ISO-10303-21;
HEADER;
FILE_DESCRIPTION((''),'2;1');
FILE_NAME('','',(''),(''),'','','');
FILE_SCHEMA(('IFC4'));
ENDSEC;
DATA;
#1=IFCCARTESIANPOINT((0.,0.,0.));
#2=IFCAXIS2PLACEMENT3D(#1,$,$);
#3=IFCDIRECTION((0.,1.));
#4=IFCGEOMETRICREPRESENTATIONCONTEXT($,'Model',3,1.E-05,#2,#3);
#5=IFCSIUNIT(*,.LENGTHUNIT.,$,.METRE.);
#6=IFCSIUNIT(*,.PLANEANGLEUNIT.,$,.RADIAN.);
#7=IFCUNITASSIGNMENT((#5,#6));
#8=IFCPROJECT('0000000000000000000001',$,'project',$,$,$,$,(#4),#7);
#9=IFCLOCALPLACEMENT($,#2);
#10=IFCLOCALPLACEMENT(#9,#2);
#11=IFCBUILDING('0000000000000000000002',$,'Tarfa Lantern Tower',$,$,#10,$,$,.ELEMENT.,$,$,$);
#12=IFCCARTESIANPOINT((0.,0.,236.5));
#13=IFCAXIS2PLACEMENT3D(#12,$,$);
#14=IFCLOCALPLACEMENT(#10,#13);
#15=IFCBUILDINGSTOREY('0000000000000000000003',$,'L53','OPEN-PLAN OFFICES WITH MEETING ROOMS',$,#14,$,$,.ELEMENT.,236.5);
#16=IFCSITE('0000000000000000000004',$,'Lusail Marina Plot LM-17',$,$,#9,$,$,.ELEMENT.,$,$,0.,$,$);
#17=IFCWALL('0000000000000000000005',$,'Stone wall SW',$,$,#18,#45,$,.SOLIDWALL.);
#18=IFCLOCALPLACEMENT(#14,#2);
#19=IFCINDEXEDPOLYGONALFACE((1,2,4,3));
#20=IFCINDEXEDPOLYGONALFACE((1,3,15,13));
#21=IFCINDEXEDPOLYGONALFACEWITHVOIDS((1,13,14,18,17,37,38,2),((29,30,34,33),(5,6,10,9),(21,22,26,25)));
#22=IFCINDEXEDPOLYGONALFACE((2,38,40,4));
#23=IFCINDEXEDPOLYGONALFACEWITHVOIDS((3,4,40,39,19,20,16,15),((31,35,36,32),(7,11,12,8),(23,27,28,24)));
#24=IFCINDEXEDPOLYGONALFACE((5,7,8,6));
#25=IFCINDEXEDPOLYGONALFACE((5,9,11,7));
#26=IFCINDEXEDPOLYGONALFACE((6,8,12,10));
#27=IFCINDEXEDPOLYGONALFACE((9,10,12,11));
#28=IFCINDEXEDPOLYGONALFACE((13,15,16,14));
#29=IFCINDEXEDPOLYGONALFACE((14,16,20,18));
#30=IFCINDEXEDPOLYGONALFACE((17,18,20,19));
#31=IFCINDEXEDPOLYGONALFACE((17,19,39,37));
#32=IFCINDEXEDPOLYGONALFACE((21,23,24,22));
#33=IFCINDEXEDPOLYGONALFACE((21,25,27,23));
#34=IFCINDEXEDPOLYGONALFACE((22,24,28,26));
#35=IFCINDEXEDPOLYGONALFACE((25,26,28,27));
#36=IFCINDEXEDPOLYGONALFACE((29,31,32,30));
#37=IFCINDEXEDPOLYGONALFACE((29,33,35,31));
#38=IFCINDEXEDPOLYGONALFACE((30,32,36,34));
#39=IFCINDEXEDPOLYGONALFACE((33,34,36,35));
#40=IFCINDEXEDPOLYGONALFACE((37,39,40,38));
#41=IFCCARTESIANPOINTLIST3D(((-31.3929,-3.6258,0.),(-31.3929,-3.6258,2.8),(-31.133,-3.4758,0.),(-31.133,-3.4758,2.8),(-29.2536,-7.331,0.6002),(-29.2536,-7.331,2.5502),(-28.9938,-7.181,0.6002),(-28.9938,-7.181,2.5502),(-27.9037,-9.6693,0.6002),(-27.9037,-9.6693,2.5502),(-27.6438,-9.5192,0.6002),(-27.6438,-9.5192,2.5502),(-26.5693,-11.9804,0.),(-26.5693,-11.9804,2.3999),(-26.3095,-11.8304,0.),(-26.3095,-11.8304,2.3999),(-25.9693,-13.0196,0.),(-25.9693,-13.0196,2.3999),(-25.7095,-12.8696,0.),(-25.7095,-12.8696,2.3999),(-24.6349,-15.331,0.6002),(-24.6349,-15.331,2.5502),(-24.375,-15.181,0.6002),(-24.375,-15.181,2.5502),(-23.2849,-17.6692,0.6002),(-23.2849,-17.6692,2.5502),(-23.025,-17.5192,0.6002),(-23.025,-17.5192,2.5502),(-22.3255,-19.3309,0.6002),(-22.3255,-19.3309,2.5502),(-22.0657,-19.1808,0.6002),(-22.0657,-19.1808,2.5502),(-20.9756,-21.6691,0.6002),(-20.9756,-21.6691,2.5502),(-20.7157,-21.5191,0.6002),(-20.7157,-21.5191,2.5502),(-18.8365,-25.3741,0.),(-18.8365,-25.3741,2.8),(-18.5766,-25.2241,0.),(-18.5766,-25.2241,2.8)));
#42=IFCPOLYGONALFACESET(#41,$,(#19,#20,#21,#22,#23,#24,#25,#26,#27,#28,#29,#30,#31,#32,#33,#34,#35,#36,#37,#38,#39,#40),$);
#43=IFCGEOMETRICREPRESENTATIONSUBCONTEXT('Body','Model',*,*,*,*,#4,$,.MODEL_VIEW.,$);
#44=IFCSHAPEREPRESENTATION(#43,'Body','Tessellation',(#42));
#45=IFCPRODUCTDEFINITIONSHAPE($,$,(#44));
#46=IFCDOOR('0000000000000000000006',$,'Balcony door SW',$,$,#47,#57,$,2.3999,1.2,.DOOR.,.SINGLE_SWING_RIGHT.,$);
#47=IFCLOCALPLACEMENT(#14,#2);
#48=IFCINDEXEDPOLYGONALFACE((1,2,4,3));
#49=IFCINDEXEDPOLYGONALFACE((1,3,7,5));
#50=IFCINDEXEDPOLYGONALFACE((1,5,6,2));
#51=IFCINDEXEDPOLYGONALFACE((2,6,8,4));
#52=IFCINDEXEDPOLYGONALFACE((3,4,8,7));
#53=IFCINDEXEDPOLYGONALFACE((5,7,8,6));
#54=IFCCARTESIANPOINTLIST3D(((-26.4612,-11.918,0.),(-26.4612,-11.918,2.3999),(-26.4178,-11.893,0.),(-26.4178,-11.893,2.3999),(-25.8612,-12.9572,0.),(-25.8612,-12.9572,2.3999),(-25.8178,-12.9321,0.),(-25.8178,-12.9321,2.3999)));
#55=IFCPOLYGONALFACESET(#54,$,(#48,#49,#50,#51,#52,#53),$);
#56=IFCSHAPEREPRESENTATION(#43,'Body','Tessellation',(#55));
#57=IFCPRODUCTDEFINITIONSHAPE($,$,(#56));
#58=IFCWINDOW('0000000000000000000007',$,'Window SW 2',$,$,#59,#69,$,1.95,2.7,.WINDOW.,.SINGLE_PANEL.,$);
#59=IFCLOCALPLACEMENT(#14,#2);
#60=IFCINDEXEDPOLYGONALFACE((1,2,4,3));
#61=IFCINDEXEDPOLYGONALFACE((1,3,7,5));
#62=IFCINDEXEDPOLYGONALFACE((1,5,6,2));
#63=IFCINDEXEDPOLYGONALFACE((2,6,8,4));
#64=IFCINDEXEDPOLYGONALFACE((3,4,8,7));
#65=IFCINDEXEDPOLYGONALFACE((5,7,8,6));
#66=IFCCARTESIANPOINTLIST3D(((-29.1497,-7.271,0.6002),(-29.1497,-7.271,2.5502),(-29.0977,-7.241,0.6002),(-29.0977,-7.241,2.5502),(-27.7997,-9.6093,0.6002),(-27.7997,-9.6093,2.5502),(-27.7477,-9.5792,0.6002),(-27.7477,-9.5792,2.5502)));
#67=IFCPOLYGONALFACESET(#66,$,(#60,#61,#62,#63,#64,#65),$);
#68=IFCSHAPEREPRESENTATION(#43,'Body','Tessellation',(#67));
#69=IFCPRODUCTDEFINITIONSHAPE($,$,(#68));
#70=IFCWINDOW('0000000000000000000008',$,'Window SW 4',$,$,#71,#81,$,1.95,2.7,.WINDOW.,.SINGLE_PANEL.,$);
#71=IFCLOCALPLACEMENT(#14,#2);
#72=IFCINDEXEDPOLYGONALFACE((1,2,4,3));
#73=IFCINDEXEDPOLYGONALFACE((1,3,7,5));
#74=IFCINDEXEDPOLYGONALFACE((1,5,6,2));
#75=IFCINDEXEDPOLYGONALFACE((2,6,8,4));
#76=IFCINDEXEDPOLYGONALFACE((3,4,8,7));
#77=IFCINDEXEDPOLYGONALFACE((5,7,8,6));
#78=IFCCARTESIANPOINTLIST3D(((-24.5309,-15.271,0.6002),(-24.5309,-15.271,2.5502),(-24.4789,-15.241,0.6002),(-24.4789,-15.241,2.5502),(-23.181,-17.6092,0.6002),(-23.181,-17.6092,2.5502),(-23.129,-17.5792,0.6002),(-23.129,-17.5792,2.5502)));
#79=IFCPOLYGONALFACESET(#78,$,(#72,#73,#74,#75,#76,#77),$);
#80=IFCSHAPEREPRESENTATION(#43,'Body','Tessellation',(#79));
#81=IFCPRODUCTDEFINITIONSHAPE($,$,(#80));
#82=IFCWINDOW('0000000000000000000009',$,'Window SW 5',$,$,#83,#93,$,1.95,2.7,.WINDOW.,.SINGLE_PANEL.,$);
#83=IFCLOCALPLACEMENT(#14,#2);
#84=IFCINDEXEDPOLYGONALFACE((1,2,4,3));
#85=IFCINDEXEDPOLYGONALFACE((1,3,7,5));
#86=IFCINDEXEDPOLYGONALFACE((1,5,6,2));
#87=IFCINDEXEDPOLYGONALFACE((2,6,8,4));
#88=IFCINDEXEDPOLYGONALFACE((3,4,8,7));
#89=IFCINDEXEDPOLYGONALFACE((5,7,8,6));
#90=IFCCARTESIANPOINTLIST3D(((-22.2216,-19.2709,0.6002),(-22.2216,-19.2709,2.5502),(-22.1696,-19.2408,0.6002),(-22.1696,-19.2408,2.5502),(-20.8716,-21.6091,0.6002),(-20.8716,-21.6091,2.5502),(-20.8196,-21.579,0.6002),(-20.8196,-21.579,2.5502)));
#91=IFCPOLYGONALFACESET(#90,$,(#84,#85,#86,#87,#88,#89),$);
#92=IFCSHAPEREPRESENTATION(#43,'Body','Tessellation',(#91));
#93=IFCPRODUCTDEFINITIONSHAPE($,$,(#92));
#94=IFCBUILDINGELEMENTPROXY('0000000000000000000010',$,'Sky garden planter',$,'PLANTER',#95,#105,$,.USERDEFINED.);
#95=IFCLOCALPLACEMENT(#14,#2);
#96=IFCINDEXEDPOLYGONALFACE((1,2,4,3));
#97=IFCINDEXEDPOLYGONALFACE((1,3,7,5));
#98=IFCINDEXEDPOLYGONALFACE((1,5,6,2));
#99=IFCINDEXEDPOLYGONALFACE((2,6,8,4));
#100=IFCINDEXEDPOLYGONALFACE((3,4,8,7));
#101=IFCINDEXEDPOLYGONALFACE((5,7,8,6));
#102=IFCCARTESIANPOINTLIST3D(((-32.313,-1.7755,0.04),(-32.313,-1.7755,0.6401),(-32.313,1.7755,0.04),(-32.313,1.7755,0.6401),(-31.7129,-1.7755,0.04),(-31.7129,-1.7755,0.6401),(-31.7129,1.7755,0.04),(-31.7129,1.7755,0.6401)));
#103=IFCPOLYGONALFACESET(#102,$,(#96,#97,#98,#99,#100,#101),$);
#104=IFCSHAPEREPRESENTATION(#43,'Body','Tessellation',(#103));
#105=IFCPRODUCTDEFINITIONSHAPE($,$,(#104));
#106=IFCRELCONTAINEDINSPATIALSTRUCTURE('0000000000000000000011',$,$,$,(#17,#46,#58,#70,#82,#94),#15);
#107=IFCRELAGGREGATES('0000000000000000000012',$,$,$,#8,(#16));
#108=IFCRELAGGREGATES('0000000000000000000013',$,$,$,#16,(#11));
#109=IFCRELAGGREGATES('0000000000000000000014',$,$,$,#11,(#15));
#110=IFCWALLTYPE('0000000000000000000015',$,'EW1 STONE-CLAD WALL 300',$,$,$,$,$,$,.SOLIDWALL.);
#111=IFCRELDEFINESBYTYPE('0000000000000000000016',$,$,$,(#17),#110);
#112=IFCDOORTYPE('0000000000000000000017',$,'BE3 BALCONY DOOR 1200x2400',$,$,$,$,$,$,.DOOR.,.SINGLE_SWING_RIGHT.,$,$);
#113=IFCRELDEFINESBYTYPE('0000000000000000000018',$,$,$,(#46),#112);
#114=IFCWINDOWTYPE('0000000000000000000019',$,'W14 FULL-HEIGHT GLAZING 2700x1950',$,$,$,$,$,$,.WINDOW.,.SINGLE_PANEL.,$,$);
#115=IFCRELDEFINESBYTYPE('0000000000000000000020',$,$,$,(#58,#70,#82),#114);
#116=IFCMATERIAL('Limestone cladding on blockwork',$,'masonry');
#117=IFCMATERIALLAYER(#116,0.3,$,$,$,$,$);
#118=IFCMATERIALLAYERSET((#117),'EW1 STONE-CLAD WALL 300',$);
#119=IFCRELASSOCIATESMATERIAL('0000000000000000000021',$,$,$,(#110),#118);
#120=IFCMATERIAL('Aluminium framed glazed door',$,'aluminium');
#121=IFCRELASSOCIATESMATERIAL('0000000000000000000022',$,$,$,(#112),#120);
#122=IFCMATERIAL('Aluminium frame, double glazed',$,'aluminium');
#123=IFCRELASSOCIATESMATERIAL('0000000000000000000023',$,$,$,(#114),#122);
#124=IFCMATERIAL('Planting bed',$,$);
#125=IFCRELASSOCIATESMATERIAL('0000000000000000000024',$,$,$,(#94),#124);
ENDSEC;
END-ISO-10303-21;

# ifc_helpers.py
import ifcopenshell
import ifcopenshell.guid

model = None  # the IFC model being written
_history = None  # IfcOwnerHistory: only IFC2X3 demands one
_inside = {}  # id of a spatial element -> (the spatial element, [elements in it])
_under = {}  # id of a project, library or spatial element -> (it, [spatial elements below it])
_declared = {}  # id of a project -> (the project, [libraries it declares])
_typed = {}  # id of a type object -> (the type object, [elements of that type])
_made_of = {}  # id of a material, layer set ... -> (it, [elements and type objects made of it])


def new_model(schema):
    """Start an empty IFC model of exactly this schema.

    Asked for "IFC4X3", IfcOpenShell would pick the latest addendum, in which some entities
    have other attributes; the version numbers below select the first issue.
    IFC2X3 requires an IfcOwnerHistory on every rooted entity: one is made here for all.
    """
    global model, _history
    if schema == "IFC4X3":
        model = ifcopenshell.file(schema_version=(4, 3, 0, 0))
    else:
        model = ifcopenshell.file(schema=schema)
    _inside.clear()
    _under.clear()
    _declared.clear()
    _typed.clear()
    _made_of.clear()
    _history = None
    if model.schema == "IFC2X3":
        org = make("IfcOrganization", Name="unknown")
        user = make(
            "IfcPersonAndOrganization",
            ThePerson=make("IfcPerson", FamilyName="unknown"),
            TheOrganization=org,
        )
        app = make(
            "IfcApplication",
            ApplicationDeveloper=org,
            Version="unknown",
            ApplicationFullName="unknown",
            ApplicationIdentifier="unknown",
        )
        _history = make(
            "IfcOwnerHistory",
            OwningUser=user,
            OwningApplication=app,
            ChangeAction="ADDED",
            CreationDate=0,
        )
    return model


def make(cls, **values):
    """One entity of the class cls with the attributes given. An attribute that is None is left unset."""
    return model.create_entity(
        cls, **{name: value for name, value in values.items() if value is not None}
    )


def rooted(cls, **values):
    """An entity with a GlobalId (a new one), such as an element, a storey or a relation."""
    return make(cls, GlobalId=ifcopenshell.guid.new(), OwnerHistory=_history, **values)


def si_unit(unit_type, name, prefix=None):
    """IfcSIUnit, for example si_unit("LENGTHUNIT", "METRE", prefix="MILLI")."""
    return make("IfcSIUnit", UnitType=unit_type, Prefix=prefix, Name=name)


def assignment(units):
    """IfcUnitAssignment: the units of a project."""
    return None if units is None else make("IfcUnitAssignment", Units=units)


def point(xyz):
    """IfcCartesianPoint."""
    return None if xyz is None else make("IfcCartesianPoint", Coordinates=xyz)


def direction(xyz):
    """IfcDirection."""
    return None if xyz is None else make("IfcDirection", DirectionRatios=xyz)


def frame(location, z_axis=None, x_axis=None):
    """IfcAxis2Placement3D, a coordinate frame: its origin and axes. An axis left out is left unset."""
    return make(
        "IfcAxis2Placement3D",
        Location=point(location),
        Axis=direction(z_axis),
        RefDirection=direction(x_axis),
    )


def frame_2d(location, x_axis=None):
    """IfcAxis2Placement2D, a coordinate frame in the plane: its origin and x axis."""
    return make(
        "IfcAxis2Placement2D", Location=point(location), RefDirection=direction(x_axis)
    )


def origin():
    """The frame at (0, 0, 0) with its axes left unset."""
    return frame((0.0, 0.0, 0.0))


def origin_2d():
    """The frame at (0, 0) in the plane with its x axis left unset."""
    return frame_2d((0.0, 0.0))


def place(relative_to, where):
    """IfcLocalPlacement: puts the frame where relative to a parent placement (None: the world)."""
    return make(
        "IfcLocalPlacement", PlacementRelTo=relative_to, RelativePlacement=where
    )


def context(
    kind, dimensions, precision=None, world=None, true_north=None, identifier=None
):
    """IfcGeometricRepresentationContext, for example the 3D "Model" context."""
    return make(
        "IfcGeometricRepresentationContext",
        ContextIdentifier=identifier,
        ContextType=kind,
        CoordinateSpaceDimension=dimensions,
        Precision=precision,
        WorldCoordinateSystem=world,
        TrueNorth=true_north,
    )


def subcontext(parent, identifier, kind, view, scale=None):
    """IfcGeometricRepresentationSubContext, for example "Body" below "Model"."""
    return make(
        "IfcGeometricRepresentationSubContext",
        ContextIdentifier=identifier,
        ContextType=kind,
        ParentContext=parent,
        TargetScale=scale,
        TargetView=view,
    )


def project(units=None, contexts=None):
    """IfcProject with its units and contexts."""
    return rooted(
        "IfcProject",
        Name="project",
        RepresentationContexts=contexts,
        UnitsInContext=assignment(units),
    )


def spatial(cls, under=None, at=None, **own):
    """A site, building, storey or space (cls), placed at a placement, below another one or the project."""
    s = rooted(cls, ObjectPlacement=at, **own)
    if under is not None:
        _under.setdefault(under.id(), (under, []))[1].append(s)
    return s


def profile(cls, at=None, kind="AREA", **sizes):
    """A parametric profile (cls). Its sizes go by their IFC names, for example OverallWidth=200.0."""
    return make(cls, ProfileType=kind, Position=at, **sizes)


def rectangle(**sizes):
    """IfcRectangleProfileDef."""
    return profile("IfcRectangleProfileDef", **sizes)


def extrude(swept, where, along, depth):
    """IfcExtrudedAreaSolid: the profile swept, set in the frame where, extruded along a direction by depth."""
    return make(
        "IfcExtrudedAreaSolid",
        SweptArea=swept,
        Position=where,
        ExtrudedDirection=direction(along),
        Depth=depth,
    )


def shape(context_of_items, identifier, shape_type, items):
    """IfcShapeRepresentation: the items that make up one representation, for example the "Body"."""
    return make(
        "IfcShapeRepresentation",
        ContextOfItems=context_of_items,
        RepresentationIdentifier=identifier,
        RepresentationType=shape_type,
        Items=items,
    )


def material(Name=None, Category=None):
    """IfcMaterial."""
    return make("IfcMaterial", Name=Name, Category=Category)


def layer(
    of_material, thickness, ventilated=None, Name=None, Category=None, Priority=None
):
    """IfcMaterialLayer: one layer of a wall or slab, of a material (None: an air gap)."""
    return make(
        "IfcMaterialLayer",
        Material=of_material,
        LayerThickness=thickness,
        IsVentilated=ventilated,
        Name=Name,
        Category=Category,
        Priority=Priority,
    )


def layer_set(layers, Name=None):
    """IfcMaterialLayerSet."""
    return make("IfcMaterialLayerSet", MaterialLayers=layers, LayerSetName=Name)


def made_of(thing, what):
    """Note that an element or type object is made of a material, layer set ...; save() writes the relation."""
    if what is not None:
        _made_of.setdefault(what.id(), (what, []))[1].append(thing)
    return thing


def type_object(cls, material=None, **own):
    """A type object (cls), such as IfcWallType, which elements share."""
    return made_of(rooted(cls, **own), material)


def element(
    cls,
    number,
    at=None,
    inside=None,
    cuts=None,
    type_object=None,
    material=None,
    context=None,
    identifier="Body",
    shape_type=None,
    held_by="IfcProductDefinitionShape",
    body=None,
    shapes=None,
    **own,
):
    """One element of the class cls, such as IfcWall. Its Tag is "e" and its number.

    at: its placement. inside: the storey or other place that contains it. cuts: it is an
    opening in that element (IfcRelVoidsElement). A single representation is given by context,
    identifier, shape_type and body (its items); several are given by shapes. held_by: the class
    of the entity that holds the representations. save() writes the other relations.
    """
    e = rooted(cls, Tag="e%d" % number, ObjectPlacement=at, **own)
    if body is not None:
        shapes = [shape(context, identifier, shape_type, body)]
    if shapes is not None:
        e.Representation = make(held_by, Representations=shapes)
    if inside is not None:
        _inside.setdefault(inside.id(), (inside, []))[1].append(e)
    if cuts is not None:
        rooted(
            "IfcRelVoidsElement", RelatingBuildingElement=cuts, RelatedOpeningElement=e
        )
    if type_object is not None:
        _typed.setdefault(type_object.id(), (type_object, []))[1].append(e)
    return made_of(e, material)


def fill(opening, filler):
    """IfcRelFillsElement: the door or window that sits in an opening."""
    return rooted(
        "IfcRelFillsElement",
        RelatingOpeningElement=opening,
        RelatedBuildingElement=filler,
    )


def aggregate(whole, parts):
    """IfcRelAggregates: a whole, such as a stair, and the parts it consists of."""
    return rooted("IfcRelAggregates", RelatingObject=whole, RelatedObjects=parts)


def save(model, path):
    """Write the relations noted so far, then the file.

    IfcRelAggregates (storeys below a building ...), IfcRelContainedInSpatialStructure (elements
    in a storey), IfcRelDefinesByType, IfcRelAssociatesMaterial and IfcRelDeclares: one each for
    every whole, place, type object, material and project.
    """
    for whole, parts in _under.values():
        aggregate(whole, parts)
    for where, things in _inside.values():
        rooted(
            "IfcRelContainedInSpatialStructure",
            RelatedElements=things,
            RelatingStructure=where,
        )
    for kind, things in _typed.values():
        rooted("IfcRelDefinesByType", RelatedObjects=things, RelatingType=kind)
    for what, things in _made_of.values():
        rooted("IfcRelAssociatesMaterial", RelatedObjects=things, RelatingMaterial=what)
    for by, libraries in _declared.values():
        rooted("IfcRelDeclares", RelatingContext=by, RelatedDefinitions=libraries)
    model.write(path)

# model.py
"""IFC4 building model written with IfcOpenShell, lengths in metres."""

from ifc_helpers import new_model, si_unit, direction, frame, frame_2d, origin, origin_2d, place, context, subcontext, project, spatial, rectangle, extrude, material, layer, layer_set, type_object, element, fill, save


model = new_model("IFC4")

# Units and contexts
model_context = context("Model", 3, precision=1e-05, world=origin(), true_north=direction((0.0, 1.0)))
body_context = subcontext(model_context, "Body", "Model", "MODEL_VIEW")
ifc_project = project(units=[si_unit("LENGTHUNIT", "METRE"), si_unit("PLANEANGLEUNIT", "RADIAN")], contexts=[model_context])

# Site, building, storey
site_placement = place(None, origin())
site = spatial("IfcSite", under=ifc_project, at=site_placement, Name="Lusail Marina Plot LM-17", CompositionType="ELEMENT", RefElevation=0.0)
building_placement = place(site_placement, origin())
building = spatial("IfcBuilding", under=site, at=building_placement, Name="Tarfa Lantern Tower", CompositionType="ELEMENT")
storey_placement = place(building_placement, frame((0.0, 0.0, 236.5)))
storey = spatial("IfcBuildingStorey", under=building, at=storey_placement, Name="L53", Description="OPEN-PLAN OFFICES WITH MEETING ROOMS", CompositionType="ELEMENT", Elevation=236.5)

# Wall, openings, door, windows
ifc_material_1 = material(Name="Limestone cladding on blockwork", Category="masonry")
ifc_layer_1 = layer(ifc_material_1, 0.3)
ifc_layer_set_1 = layer_set([ifc_layer_1], Name="EW1 STONE-CLAD WALL 300")
wall_type = type_object("IfcWallType", Name="EW1 STONE-CLAD WALL 300", PredefinedType="SOLIDWALL", material=ifc_layer_set_1)
wall_placement = place(storey_placement, frame((-31.2629, -3.5508, 0.0), z_axis=(0.0, 0.0, 1.0), x_axis=(0.5, -0.866025, 0.0)))
wall = element("IfcWall", 1, at=wall_placement, inside=storey, type_object=wall_type, Name="Stone wall SW", PredefinedType="SOLIDWALL", context=body_context, shape_type="SweptSolid", body=[
    extrude(rectangle(XDim=25.1128, YDim=0.3, at=frame_2d((12.5564, 0.0))), origin(), (0.0, 0.0, 1.0), 2.8),
])
opening_1_placement = place(wall_placement, frame((4.2783, 0.0, 0.6001)))
opening_1 = element("IfcOpeningElement", 2, at=opening_1_placement, cuts=wall, PredefinedType="OPENING", context=body_context, shape_type="SweptSolid", body=[
    extrude(rectangle(XDim=2.7, YDim=1.95, at=frame_2d((1.3501, 0.9751))), frame((0.0, 0.1599, 0.0), z_axis=(0.0, -1.0, 0.0), x_axis=(1.0, 0.0, 0.0)), (0.0, 0.0, 1.0), 0.3201),
])
opening_2_placement = place(wall_placement, frame((9.647, 0.0, 0.0)))
opening_2 = element("IfcOpeningElement", 3, at=opening_2_placement, cuts=wall, PredefinedType="OPENING", context=body_context, shape_type="SweptSolid", body=[
    extrude(rectangle(XDim=1.2, YDim=2.3999, at=frame_2d((0.6001, 1.2))), frame((0.0, 0.1599, 0.0), z_axis=(0.0, -1.0, 0.0), x_axis=(1.0, 0.0, 0.0)), (0.0, 0.0, 1.0), 0.3201),
])
opening_3_placement = place(wall_placement, frame((13.5159, 0.0, 0.6001)))
opening_3 = element("IfcOpeningElement", 4, at=opening_3_placement, cuts=wall, PredefinedType="OPENING", context=body_context, shape_type="SweptSolid", body=[
    extrude(rectangle(XDim=2.7, YDim=1.95, at=frame_2d((1.3501, 0.9751))), frame((0.0, 0.1599, 0.0), z_axis=(0.0, -1.0, 0.0), x_axis=(1.0, 0.0, 0.0)), (0.0, 0.0, 1.0), 0.3201),
])
opening_4_placement = place(wall_placement, frame((18.1345, 0.0, 0.6001)))
opening_4 = element("IfcOpeningElement", 5, at=opening_4_placement, cuts=wall, PredefinedType="OPENING", context=body_context, shape_type="SweptSolid", body=[
    extrude(rectangle(XDim=2.7, YDim=1.95, at=frame_2d((1.3501, 0.9751))), frame((0.0, 0.1599, 0.0), z_axis=(0.0, -1.0, 0.0), x_axis=(1.0, 0.0, 0.0)), (0.0, 0.0, 1.0), 0.3201),
])
ifc_material_2 = material(Name="Aluminium framed glazed door", Category="aluminium")
door_type = type_object("IfcDoorType", Name="BE3 BALCONY DOOR 1200x2400", OperationType="SINGLE_SWING_RIGHT", PredefinedType="DOOR", material=ifc_material_2)
door_placement = place(opening_2_placement, origin())
door = element("IfcDoor", 6, at=door_placement, inside=storey, type_object=door_type, Name="Balcony door SW", OperationType="SINGLE_SWING_RIGHT", OverallHeight=2.3999, OverallWidth=1.2, PredefinedType="DOOR", context=body_context, shape_type="SweptSolid", body=[
    extrude(rectangle(XDim=1.2, YDim=2.3999, at=frame_2d((0.6001, 1.2))), frame((0.0, 0.0249, 0.0), z_axis=(0.0, -1.0, 0.0), x_axis=(1.0, 0.0, 0.0)), (0.0, 0.0, 1.0), 0.05),
])
fill(opening_2, door)
ifc_material_3 = material(Name="Aluminium frame, double glazed", Category="aluminium")
window_type = type_object("IfcWindowType", Name="W14 FULL-HEIGHT GLAZING 2700x1950", PartitioningType="SINGLE_PANEL", PredefinedType="WINDOW", material=ifc_material_3)
window_1_placement = place(opening_1_placement, origin())
window_1 = element("IfcWindow", 7, at=window_1_placement, inside=storey, type_object=window_type, Name="Window SW 2", OverallHeight=1.95, OverallWidth=2.7, PartitioningType="SINGLE_PANEL", PredefinedType="WINDOW", context=body_context, shape_type="SweptSolid", body=[
    extrude(rectangle(XDim=2.7, YDim=1.95, at=frame_2d((1.3501, 0.9751))), frame((0.0, 0.03, 0.0), z_axis=(0.0, -1.0, 0.0), x_axis=(1.0, 0.0, 0.0)), (0.0, 0.0, 1.0), 0.0601),
])
fill(opening_1, window_1)
window_2_placement = place(opening_3_placement, origin())
window_2 = element("IfcWindow", 8, at=window_2_placement, inside=storey, type_object=window_type, Name="Window SW 4", OverallHeight=1.95, OverallWidth=2.7, PartitioningType="SINGLE_PANEL", PredefinedType="WINDOW", context=body_context, shape_type="SweptSolid", body=[
    extrude(rectangle(XDim=2.7, YDim=1.95, at=frame_2d((1.3501, 0.9751))), frame((0.0, 0.03, 0.0), z_axis=(0.0, -1.0, 0.0), x_axis=(1.0, 0.0, 0.0)), (0.0, 0.0, 1.0), 0.0601),
])
fill(opening_3, window_2)
window_3_placement = place(opening_4_placement, origin())
window_3 = element("IfcWindow", 9, at=window_3_placement, inside=storey, type_object=window_type, Name="Window SW 5", OverallHeight=1.95, OverallWidth=2.7, PartitioningType="SINGLE_PANEL", PredefinedType="WINDOW", context=body_context, shape_type="SweptSolid", body=[
    extrude(rectangle(XDim=2.7, YDim=1.95, at=frame_2d((1.3501, 0.9751))), frame((0.0, 0.03, 0.0), z_axis=(0.0, -1.0, 0.0), x_axis=(1.0, 0.0, 0.0)), (0.0, 0.0, 1.0), 0.0601),
])
fill(opening_4, window_3)

# Building element proxy
ifc_material_4 = material(Name="Planting bed")
proxy_placement = place(storey_placement, frame((-32.0129, 0.0, 0.04), z_axis=(0.0, 0.0, 1.0), x_axis=(0.0, -1.0, 0.0)))
element("IfcBuildingElementProxy", 10, at=proxy_placement, inside=storey, material=ifc_material_4, Name="Sky garden planter", ObjectType="PLANTER", PredefinedType="USERDEFINED", context=body_context, shape_type="SweptSolid", body=[
    extrude(rectangle(XDim=3.551, YDim=0.6001, at=origin_2d()), origin(), (0.0, 0.0, 1.0), 0.6001),
])

save(model, "model.ifc")
